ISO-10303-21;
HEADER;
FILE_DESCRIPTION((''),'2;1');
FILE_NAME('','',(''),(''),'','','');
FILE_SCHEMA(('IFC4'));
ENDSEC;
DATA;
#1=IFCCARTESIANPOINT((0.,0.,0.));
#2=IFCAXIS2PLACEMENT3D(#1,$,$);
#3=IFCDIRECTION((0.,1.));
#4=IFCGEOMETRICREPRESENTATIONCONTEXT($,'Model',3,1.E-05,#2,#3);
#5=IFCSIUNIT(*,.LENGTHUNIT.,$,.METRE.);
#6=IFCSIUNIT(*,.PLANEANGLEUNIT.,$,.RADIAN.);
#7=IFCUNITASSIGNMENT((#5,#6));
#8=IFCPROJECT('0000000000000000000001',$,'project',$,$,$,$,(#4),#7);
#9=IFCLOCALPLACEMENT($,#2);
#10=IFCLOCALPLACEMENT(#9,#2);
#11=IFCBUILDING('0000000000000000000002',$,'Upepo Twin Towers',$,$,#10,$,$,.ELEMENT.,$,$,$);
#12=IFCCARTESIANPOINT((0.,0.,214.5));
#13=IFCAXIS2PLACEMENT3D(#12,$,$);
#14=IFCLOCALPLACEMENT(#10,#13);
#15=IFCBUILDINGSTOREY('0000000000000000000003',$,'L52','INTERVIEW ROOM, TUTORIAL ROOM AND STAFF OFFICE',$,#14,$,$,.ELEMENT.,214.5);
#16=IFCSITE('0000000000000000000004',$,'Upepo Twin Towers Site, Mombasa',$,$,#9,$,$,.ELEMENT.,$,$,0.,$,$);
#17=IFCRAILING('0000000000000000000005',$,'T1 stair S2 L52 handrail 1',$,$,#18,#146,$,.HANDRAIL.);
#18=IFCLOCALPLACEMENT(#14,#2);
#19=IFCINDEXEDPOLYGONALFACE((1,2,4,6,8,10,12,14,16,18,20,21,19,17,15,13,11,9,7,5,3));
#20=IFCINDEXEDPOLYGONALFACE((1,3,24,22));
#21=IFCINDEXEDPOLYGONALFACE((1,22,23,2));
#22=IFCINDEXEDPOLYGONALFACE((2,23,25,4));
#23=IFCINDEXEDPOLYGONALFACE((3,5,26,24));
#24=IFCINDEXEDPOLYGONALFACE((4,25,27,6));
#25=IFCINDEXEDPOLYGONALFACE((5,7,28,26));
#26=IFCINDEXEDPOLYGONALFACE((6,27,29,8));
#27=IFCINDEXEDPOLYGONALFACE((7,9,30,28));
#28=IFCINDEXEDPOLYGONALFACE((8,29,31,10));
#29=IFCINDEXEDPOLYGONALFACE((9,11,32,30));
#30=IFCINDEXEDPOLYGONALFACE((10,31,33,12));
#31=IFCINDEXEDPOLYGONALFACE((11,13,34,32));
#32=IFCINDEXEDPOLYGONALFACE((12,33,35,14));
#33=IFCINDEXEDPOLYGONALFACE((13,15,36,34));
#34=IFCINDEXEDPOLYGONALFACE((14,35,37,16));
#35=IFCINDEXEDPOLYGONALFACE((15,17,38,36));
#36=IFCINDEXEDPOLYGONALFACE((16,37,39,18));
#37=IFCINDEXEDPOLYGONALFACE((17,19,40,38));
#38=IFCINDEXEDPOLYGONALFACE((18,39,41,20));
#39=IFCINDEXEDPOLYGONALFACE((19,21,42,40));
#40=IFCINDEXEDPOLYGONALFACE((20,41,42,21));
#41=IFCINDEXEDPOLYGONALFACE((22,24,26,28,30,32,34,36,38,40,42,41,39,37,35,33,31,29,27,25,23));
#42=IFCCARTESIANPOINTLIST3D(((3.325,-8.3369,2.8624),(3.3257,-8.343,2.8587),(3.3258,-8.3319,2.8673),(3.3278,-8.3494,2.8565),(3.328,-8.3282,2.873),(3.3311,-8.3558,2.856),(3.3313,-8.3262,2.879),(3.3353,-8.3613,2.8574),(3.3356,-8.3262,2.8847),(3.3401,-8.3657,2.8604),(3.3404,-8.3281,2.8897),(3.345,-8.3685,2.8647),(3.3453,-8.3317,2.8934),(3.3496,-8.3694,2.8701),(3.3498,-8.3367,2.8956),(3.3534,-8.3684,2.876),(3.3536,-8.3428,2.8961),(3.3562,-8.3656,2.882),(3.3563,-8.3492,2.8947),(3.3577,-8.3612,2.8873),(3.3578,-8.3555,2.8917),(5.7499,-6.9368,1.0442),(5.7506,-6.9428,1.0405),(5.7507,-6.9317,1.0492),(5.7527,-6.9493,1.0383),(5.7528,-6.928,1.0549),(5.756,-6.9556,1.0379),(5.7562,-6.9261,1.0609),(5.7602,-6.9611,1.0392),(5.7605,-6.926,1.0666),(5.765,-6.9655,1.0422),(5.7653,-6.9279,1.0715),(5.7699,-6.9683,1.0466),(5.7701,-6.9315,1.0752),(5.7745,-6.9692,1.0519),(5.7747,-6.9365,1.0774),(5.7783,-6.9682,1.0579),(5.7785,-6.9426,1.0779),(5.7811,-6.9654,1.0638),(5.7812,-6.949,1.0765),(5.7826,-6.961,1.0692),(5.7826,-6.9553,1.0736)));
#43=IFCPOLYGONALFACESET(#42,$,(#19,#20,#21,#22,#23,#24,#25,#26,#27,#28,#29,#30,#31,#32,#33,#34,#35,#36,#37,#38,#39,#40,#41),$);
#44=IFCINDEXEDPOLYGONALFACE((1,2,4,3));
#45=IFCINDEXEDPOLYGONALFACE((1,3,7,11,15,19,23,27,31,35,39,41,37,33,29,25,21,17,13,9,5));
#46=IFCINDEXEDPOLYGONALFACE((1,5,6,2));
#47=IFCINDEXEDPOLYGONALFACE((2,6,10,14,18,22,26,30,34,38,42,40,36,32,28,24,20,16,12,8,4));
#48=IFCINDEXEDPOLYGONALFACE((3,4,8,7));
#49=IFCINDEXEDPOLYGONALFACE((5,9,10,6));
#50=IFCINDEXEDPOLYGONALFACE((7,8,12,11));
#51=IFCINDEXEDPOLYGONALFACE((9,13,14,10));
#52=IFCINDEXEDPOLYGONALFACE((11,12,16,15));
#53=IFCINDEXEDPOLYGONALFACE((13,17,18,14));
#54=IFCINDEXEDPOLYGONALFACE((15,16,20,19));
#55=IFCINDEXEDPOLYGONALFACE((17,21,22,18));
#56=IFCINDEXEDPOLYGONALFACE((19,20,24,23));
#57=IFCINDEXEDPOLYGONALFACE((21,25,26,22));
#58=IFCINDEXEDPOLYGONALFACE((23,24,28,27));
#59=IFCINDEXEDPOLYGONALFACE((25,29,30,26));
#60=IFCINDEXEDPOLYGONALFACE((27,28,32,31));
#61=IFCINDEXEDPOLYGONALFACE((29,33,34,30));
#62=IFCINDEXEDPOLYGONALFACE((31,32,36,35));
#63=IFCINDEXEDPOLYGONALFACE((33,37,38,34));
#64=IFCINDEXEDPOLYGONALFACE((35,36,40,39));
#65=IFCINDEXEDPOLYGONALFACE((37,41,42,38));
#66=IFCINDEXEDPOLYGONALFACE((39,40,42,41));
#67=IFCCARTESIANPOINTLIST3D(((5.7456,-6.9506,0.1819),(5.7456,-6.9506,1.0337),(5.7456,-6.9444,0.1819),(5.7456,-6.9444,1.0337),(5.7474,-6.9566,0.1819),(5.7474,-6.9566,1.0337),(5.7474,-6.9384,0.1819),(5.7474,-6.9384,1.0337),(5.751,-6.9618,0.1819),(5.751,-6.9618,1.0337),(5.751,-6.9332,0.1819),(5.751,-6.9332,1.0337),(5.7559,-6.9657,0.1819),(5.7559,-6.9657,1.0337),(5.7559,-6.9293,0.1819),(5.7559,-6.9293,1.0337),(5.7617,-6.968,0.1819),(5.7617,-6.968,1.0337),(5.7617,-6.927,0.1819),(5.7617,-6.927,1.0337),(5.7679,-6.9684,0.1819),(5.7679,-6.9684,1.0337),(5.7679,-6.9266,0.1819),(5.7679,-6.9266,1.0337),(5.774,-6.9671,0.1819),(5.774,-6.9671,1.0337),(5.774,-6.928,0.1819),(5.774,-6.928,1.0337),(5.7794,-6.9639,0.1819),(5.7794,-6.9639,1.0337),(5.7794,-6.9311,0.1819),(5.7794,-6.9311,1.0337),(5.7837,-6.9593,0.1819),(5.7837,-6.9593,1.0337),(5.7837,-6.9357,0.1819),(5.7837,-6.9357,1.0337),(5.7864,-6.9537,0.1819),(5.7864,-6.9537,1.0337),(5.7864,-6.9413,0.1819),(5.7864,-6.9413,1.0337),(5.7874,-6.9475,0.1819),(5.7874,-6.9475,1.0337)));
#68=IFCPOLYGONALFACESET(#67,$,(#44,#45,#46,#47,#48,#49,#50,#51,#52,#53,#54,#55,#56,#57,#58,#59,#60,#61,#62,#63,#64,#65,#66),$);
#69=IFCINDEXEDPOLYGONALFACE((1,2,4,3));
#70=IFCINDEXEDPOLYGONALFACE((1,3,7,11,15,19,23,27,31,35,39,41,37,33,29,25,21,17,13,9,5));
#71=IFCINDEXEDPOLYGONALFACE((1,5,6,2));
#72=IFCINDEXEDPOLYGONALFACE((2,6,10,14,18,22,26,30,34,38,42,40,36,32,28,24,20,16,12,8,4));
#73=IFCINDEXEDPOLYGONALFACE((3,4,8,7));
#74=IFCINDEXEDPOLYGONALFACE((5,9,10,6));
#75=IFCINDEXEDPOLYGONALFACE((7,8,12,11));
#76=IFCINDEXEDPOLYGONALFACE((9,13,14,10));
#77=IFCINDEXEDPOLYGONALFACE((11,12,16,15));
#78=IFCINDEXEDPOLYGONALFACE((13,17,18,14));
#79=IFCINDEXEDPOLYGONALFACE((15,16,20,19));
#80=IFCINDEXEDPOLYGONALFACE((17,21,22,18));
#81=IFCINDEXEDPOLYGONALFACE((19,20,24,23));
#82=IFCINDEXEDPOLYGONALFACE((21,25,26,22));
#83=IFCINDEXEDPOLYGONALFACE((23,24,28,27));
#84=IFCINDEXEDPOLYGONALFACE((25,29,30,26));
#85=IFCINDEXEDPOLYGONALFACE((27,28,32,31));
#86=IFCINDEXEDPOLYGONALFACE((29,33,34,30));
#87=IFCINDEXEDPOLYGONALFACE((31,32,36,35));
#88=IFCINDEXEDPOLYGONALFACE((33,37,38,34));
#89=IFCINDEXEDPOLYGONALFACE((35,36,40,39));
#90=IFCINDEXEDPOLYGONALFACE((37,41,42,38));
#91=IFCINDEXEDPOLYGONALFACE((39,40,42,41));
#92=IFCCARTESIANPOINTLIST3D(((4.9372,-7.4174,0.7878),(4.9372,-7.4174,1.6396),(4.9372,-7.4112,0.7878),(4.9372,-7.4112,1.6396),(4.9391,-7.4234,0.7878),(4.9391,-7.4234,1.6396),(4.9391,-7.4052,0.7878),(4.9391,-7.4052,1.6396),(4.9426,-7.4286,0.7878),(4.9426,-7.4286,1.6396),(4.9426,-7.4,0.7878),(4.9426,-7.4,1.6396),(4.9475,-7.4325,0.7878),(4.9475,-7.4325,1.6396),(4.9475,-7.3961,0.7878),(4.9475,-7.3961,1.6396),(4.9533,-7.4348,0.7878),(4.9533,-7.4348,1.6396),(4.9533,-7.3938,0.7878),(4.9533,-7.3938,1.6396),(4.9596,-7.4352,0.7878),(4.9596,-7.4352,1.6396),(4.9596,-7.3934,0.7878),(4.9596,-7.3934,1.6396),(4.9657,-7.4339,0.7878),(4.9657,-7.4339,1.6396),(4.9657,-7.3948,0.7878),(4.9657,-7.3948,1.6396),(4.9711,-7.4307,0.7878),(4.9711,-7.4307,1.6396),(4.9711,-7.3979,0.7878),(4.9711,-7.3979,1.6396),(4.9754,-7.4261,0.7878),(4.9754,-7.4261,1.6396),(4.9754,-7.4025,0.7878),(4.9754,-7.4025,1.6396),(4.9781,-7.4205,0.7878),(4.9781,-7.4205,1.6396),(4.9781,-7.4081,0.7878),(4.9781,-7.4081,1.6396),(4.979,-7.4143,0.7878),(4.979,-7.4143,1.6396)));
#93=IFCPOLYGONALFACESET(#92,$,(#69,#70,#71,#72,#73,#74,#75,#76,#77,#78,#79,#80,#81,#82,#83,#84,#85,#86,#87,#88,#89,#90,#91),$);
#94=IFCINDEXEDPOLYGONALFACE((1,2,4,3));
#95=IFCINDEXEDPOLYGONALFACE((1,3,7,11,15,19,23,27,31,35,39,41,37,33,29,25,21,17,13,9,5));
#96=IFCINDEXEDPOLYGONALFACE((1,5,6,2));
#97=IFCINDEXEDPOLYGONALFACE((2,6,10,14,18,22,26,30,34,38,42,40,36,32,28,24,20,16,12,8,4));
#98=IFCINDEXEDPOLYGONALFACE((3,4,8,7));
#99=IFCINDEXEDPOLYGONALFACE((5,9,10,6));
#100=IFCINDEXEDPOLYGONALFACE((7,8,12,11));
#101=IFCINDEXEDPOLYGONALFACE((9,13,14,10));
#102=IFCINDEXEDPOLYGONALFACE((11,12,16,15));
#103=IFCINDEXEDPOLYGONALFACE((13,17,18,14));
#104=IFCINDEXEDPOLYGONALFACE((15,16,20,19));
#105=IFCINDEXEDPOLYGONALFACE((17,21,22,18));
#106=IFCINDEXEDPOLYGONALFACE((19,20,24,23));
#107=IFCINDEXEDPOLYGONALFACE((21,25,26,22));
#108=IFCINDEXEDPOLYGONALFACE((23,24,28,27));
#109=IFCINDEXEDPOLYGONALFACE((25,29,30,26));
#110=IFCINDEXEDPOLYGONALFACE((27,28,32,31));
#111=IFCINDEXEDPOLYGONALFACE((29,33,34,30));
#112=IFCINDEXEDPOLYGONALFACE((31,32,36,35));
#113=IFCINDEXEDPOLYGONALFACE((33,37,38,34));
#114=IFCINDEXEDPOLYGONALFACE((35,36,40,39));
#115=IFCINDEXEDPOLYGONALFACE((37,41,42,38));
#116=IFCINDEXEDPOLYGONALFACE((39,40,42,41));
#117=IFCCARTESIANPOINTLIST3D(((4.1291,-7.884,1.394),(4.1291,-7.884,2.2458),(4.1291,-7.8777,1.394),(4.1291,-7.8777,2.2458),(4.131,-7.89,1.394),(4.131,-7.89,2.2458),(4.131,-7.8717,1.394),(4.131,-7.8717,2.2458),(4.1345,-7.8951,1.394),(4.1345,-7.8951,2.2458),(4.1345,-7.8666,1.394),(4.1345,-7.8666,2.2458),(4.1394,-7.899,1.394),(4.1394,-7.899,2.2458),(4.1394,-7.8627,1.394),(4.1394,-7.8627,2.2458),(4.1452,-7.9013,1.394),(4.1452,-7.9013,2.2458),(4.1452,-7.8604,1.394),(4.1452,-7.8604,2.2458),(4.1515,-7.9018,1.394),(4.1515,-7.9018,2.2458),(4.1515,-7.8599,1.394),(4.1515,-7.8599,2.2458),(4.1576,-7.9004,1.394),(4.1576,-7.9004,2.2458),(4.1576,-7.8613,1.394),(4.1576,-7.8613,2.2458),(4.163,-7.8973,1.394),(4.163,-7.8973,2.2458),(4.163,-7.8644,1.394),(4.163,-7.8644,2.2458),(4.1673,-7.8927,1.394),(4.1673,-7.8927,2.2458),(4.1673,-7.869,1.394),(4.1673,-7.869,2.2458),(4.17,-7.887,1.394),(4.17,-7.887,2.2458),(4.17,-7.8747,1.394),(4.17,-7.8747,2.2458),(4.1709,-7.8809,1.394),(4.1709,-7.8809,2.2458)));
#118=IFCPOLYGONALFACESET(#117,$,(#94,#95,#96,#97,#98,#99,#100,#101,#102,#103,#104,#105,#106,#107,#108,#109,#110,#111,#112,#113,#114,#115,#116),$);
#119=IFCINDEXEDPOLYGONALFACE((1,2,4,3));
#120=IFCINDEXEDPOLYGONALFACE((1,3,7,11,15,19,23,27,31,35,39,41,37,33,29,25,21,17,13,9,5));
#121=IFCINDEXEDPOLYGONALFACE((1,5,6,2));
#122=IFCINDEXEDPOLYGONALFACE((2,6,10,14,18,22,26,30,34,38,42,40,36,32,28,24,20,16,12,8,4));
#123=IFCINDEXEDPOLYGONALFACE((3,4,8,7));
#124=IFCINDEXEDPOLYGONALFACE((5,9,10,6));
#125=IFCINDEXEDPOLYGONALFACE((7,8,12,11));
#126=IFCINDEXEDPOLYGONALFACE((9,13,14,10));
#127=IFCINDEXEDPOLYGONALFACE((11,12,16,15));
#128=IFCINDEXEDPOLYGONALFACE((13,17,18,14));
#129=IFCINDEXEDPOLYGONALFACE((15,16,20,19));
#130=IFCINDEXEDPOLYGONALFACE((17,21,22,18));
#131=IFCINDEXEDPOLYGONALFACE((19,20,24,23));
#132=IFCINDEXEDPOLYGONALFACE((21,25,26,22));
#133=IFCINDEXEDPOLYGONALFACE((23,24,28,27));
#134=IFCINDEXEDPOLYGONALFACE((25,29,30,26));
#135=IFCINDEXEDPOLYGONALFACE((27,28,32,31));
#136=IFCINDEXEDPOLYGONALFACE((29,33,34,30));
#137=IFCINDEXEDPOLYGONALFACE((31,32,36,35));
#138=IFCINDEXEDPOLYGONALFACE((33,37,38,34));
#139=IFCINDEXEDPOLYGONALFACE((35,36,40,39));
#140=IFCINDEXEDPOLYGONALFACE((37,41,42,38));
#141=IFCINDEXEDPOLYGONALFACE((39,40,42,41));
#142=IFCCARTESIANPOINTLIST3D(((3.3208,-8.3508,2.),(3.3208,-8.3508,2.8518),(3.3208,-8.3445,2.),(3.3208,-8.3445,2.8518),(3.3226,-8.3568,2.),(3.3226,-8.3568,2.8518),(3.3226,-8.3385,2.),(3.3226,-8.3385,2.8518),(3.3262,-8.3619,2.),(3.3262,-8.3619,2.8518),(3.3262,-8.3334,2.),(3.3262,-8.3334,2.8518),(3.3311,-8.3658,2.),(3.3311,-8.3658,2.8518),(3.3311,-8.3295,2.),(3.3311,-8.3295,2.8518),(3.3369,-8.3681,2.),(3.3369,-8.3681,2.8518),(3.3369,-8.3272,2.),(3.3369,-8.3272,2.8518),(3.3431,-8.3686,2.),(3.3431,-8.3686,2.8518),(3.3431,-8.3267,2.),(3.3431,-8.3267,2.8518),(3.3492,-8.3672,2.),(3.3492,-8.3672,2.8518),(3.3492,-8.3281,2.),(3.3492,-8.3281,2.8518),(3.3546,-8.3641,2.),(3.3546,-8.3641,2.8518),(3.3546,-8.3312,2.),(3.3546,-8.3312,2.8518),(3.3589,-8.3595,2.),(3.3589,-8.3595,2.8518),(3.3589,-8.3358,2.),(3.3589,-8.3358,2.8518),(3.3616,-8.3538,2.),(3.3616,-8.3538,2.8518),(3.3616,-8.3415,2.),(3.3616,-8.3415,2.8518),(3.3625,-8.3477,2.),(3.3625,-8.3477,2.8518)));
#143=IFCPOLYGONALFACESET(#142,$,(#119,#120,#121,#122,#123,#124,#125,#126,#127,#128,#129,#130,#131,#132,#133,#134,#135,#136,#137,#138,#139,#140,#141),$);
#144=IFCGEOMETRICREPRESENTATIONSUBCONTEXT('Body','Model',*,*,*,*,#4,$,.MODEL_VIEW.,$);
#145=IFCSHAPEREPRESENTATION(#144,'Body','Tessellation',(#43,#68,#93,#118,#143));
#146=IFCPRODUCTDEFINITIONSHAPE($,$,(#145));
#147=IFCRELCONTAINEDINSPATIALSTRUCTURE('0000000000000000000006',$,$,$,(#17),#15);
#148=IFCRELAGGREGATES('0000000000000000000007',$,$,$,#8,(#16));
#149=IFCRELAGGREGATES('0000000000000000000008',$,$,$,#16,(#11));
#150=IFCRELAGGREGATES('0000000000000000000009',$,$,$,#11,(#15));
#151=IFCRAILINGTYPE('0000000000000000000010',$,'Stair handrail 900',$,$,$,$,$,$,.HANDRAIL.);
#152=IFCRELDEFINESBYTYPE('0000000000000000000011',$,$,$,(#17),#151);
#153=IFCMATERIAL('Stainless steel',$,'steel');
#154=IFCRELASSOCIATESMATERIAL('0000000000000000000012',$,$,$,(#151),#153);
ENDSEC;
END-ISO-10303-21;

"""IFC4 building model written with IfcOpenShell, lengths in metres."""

from ifc_helpers import new_model, si_unit, direction, frame, origin, origin_2d, place, context, subcontext, project, spatial, circle, extrude, material, type_object, element, save


model = new_model("IFC4")

# Units and contexts
model_context = context("Model", 3, precision=1e-05, world=origin(), true_north=direction((0.0, 1.0)))
body_context = subcontext(model_context, "Body", "Model", "MODEL_VIEW")
ifc_project = project(units=[si_unit("LENGTHUNIT", "METRE"), si_unit("PLANEANGLEUNIT", "RADIAN")], contexts=[model_context])

# Site, building, storey
site_placement = place(None, origin())
site = spatial("IfcSite", under=ifc_project, at=site_placement, Name="Upepo Twin Towers Site, Mombasa", CompositionType="ELEMENT", RefElevation=0.0)
building_placement = place(site_placement, origin())
building = spatial("IfcBuilding", under=site, at=building_placement, Name="Upepo Twin Towers", CompositionType="ELEMENT")
storey_placement = place(building_placement, frame((0.0, 0.0, 214.5)))
storey = spatial("IfcBuildingStorey", under=building, at=storey_placement, Name="L52", Description="INTERVIEW ROOM, TUTORIAL ROOM AND STAFF OFFICE", CompositionType="ELEMENT", Elevation=214.5)

# Railing
ifc_material_1 = material(Name="Stainless steel", Category="steel")
railing_type = type_object("IfcRailingType", Name="Stair handrail 900", PredefinedType="HANDRAIL", material=ifc_material_1)
railing_1_placement = place(storey_placement, frame((5.7664, -6.9475, 0.1819)))
element("IfcRailing", 1, at=railing_1_placement, inside=storey, type_object=railing_type, Name="T1 stair S2 L52 handrail 1", PredefinedType="HANDRAIL", context=body_context, shape_type="SweptSolid", body=[
    extrude(circle(Radius=0.0239, at=origin_2d()), frame((0.0, 0.0, 0.876), z_axis=(-0.726314, -0.419393, 0.544589), x_axis=(0.50005, -0.865997, 0.0)), (0.0, 0.0, 1.0), 3.3386),
    extrude(circle(Radius=0.021, at=origin_2d()), origin(), (0.0, 0.0, 1.0), 0.8518),
    extrude(circle(Radius=0.021, at=origin_2d()), frame((-0.8083, -0.4668, 0.606)), (0.0, 0.0, 1.0), 0.8518),
    extrude(circle(Radius=0.021, at=origin_2d()), frame((-1.6165, -0.9333, 1.2122)), (0.0, 0.0, 1.0), 0.8518),
    extrude(circle(Radius=0.021, at=origin_2d()), frame((-2.4248, -1.4001, 1.8181)), (0.0, 0.0, 1.0), 0.8518),
])

save(model, "model.ifc")
